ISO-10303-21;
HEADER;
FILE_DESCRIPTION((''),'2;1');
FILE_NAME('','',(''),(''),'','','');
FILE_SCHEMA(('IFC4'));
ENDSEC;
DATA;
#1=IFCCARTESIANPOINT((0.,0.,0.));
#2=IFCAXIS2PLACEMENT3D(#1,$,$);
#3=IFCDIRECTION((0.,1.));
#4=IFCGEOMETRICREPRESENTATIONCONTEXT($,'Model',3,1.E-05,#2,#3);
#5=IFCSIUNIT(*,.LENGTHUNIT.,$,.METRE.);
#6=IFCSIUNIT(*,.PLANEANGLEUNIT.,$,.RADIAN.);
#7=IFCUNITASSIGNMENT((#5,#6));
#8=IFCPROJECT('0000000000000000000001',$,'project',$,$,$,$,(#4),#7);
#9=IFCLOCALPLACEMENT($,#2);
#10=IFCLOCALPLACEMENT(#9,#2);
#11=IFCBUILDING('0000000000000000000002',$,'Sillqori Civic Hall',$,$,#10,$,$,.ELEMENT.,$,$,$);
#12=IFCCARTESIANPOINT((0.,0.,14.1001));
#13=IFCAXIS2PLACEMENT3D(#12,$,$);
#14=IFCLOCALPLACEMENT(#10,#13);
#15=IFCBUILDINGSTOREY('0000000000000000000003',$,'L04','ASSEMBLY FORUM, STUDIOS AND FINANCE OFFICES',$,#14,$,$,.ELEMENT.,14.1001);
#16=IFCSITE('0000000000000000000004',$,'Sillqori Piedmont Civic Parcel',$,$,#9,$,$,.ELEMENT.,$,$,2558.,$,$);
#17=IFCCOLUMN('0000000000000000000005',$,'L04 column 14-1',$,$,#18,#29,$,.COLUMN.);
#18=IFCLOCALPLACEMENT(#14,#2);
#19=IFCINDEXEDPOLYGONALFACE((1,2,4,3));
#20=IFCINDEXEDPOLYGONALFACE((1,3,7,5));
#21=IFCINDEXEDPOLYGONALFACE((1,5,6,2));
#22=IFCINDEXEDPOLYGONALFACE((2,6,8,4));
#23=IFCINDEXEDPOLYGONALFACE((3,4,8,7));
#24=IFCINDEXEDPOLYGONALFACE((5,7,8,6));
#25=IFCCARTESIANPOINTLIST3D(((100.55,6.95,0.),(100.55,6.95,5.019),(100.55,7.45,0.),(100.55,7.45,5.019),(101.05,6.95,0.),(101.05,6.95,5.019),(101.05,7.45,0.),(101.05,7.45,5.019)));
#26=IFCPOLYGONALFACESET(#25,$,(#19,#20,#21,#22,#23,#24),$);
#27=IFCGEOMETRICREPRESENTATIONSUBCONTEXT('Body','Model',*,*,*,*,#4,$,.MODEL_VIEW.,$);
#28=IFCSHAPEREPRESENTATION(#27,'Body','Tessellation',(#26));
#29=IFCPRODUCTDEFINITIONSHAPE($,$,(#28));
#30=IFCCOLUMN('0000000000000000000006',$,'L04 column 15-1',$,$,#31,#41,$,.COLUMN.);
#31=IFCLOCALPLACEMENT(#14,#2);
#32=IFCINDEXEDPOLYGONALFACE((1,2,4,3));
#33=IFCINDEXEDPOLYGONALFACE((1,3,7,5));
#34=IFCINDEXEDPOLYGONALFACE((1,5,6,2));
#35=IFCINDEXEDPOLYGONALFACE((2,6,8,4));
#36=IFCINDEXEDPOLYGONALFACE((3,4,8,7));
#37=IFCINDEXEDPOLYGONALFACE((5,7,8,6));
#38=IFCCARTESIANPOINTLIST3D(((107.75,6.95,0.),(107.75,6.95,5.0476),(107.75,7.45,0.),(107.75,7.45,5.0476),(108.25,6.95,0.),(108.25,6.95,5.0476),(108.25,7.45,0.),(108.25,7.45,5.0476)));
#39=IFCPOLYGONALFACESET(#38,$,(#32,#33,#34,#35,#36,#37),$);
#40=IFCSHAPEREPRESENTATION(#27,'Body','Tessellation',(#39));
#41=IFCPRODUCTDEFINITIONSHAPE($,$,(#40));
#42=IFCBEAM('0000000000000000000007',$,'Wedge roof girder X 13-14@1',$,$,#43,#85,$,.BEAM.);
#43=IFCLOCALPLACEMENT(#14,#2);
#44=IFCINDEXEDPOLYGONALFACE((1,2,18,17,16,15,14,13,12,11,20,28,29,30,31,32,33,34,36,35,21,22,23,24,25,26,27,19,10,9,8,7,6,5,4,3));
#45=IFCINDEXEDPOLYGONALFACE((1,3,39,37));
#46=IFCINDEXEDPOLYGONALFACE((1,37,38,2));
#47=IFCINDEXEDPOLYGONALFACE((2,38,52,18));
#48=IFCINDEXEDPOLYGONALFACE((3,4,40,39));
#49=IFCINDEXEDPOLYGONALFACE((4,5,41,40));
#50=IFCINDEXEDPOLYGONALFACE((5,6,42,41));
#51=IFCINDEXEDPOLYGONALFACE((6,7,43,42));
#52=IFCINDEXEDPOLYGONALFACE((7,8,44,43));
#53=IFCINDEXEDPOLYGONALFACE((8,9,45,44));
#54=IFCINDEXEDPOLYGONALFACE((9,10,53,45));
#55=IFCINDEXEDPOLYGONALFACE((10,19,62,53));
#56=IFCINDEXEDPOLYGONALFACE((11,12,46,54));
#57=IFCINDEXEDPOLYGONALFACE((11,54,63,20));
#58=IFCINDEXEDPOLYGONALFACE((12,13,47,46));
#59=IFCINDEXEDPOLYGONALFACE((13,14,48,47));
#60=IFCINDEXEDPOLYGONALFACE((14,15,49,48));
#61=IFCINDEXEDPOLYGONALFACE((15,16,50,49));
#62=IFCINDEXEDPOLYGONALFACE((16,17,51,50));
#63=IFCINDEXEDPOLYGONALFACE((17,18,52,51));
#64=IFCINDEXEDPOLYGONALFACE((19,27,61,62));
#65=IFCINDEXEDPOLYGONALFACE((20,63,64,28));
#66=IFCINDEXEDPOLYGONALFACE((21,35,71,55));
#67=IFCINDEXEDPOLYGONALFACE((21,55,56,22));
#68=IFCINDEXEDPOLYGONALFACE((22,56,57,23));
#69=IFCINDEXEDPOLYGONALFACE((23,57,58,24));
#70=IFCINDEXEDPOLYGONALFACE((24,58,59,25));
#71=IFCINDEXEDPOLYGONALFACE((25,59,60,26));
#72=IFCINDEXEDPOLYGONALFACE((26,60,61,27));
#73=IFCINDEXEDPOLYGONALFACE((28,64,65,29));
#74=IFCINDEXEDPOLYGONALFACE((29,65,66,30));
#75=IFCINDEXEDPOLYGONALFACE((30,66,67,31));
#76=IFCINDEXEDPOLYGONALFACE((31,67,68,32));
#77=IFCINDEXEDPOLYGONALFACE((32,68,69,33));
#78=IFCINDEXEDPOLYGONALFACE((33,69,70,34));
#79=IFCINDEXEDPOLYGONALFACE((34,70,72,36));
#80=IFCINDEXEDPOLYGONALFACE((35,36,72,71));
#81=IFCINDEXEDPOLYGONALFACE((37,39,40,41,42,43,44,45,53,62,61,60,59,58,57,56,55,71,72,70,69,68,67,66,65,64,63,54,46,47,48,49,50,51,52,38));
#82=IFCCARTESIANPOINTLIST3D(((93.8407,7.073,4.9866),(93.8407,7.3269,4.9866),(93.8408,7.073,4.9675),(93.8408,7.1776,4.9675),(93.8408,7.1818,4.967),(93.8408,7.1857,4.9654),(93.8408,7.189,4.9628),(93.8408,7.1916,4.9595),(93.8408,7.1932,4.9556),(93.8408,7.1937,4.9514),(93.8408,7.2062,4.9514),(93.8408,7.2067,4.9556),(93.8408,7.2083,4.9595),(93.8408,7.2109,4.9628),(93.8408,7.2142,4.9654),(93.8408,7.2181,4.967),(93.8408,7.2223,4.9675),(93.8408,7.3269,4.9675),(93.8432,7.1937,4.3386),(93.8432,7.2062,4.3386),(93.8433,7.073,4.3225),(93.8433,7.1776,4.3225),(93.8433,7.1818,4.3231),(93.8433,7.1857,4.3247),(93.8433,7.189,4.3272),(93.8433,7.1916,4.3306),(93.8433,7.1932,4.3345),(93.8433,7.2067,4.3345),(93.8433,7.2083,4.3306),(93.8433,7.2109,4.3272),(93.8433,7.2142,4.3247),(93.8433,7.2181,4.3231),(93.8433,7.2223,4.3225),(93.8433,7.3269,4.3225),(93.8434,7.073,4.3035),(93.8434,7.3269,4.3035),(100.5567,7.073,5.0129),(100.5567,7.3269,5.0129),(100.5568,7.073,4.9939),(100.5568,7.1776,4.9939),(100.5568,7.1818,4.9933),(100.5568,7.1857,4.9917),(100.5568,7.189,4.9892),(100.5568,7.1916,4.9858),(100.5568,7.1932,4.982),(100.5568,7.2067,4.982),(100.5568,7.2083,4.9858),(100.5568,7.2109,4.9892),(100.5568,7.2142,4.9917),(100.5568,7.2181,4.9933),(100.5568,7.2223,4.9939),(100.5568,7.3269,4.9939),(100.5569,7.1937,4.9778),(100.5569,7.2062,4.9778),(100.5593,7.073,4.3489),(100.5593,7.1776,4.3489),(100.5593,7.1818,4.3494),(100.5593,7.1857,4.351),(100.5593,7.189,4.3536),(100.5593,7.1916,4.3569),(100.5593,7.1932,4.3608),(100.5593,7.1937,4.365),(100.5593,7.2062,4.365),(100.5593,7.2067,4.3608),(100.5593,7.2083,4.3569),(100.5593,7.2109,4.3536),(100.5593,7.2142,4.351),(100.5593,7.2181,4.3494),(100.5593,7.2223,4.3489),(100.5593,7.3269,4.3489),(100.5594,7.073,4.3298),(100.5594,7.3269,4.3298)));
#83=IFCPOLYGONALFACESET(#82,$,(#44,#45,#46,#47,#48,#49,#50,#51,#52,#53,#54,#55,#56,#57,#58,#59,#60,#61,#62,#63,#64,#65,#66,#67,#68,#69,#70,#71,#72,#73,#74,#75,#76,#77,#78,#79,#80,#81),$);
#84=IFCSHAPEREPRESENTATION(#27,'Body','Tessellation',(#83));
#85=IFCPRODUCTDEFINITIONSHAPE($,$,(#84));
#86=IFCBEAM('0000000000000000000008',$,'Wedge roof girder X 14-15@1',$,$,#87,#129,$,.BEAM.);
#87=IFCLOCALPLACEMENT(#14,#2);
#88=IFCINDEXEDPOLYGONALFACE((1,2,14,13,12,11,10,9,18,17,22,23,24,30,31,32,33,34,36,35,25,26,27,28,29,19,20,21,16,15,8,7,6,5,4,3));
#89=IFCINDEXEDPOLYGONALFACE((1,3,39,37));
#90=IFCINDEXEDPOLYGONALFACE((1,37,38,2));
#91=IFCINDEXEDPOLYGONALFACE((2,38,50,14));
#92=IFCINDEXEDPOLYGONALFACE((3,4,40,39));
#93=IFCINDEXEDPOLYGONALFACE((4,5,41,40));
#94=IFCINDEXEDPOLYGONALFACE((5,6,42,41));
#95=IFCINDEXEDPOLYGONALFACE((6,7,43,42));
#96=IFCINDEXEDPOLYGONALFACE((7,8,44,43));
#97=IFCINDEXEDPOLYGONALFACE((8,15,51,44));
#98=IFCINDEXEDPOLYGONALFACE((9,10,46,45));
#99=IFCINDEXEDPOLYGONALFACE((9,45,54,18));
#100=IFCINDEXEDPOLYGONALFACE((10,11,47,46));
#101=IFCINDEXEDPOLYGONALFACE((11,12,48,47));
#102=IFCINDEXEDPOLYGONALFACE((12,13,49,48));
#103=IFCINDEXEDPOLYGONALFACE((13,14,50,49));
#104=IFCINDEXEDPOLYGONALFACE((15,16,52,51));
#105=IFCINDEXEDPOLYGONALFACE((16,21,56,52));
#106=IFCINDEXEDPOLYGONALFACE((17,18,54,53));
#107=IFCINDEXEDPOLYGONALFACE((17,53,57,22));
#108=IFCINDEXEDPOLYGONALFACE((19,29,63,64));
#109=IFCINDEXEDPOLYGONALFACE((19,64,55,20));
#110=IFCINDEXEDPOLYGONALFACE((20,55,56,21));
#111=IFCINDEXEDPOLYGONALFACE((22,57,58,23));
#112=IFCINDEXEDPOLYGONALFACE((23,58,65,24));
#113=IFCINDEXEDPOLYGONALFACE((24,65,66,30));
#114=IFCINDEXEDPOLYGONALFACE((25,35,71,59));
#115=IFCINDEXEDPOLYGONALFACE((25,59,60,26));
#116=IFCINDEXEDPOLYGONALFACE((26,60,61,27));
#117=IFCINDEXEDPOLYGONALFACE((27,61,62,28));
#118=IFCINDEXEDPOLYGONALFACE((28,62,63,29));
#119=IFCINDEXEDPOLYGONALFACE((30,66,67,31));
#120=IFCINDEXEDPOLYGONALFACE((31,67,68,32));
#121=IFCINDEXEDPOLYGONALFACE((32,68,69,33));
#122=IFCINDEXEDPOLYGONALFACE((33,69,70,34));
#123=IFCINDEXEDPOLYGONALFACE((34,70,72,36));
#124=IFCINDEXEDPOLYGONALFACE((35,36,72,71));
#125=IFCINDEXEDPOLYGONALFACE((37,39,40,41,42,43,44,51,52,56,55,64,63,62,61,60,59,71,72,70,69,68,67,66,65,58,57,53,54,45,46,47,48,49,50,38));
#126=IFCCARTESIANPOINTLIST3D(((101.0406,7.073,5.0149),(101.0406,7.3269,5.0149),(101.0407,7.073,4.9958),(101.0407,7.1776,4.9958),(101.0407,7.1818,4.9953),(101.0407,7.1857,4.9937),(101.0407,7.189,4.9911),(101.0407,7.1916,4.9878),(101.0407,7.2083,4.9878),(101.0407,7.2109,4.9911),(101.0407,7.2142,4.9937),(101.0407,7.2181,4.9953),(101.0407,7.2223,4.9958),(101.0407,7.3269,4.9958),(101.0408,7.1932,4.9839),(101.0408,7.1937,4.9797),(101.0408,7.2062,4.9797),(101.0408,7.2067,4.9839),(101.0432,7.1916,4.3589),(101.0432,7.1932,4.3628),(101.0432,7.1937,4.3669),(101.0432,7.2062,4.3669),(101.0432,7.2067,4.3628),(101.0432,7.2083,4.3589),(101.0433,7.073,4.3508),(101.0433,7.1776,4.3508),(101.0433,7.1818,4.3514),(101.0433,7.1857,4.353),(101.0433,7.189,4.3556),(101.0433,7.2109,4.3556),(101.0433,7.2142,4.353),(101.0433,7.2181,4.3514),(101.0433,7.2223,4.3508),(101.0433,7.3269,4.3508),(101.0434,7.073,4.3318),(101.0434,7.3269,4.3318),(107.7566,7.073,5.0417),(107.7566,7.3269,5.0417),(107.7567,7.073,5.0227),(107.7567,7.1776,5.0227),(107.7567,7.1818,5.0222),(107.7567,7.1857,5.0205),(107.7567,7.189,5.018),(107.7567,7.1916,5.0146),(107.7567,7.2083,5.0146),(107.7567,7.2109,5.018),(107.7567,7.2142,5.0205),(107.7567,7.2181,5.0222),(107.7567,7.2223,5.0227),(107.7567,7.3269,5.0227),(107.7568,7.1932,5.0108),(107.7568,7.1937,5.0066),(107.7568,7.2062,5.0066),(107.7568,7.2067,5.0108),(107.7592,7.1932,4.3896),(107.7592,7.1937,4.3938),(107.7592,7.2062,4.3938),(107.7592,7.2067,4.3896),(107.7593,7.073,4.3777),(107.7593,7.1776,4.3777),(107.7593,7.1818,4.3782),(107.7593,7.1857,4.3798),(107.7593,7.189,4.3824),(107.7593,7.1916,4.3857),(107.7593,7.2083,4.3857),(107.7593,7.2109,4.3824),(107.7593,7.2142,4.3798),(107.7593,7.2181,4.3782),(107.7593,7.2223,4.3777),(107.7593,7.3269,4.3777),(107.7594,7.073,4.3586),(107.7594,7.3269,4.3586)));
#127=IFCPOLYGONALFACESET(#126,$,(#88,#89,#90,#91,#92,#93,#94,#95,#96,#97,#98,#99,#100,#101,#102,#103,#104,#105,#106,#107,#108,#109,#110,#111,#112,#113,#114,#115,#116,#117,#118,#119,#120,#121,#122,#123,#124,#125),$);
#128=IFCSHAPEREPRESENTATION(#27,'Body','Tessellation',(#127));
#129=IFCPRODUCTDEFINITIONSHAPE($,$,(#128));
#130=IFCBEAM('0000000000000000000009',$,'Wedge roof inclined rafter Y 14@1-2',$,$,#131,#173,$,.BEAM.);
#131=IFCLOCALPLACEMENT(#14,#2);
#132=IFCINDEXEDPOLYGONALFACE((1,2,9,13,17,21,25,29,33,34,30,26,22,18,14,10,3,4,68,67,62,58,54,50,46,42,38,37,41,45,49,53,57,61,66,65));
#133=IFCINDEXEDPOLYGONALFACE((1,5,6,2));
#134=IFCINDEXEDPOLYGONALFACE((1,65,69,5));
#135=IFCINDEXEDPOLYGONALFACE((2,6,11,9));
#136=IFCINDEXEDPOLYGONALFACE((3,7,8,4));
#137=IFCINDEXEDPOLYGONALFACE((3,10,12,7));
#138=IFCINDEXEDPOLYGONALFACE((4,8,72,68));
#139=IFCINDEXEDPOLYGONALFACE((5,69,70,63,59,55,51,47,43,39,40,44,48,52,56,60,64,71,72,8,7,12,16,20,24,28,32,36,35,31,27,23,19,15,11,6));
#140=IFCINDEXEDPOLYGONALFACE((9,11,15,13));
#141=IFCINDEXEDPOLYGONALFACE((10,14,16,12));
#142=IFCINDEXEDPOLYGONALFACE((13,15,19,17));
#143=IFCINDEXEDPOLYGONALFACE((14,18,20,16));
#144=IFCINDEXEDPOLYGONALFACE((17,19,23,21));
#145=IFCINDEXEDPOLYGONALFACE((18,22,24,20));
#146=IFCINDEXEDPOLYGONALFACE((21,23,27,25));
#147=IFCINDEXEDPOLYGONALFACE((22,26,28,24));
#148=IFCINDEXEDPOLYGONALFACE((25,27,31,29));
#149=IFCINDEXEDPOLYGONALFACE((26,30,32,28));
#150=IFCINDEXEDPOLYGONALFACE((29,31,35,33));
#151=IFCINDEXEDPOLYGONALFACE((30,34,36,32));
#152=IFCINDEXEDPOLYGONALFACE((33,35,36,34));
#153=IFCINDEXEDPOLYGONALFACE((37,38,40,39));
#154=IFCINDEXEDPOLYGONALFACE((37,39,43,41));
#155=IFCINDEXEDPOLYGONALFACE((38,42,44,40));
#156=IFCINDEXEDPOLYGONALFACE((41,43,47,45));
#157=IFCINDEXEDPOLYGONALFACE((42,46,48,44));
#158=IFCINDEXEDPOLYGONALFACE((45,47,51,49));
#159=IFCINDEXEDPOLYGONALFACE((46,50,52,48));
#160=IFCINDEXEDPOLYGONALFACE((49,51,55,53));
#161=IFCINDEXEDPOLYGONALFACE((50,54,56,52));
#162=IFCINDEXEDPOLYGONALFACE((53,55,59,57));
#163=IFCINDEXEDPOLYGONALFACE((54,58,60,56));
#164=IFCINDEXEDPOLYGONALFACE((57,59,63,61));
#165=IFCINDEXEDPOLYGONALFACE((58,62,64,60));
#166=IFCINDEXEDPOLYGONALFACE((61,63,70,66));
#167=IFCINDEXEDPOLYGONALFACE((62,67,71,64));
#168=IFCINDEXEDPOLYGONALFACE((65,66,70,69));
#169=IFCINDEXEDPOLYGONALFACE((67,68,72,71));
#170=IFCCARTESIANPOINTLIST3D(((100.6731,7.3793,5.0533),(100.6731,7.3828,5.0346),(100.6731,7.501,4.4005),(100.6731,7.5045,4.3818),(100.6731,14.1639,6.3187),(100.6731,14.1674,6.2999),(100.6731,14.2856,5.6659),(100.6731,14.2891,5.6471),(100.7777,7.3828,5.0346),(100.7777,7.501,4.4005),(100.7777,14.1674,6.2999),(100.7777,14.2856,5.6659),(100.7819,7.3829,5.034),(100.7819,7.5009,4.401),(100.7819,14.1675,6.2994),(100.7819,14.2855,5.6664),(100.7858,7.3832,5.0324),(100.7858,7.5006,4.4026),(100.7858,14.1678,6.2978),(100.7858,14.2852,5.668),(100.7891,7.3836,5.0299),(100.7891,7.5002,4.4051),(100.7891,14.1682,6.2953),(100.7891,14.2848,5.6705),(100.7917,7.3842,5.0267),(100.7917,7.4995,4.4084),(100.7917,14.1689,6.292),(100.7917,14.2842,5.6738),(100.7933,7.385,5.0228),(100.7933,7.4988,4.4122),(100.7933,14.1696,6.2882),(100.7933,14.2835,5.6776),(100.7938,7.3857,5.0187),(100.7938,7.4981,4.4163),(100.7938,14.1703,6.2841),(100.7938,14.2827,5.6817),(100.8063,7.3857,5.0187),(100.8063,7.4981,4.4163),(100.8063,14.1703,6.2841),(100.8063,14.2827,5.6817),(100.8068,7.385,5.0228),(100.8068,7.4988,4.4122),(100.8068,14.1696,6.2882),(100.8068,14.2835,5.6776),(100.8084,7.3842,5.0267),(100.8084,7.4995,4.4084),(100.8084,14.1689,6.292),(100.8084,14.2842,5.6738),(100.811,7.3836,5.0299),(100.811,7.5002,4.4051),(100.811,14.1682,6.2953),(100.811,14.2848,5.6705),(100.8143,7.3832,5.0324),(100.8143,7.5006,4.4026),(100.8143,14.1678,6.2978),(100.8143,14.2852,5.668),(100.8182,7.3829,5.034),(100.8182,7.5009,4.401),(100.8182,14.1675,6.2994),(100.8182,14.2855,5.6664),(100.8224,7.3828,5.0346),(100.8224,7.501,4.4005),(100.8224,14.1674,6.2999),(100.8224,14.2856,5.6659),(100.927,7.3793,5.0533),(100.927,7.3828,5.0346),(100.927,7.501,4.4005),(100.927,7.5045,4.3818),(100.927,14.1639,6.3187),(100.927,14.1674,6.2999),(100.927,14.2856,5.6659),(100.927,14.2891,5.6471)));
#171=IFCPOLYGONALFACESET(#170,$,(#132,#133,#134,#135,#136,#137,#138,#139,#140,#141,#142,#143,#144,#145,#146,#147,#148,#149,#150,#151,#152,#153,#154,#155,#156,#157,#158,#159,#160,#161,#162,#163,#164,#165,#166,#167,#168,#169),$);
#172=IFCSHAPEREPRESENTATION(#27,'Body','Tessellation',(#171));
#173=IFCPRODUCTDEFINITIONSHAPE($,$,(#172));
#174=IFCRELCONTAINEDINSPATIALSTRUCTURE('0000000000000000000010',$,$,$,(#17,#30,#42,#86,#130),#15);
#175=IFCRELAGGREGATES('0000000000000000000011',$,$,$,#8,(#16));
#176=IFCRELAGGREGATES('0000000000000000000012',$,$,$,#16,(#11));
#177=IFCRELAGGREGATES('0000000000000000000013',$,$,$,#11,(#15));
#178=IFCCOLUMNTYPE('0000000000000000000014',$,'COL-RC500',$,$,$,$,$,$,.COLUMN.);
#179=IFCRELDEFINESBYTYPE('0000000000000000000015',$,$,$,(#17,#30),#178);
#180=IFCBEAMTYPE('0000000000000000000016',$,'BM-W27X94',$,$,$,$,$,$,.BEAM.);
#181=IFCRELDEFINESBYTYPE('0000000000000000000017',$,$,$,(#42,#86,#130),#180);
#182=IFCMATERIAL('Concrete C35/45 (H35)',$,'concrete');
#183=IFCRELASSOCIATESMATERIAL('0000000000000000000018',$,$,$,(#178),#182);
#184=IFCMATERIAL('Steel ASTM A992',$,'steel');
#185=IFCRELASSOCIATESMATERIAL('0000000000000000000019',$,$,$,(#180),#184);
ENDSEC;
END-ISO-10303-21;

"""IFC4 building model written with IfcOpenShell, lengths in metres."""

from ifc_helpers import new_model, si_unit, direction, frame, origin, origin_2d, place, context, subcontext, project, spatial, rectangle, i_section, extrude, material, material_profile, profile_set, type_object, element, save


model = new_model("IFC4")

# Units and contexts
model_context = context("Model", 3, precision=1e-05, world=origin(), true_north=direction((0.0, 1.0)))
body_context = subcontext(model_context, "Body", "Model", "MODEL_VIEW")
ifc_project = project(units=[si_unit("LENGTHUNIT", "METRE"), si_unit("PLANEANGLEUNIT", "RADIAN")], contexts=[model_context])

# Site, building, storey
site_placement = place(None, origin())
site = spatial("IfcSite", under=ifc_project, at=site_placement, Name="Sillqori Piedmont Civic Parcel", CompositionType="ELEMENT", RefElevation=2558.0)
building_placement = place(site_placement, origin())
building = spatial("IfcBuilding", under=site, at=building_placement, Name="Sillqori Civic Hall", CompositionType="ELEMENT")
storey_placement = place(building_placement, frame((0.0, 0.0, 14.1001)))
storey = spatial("IfcBuildingStorey", under=building, at=storey_placement, Name="L04", Description="ASSEMBLY FORUM, STUDIOS AND FINANCE OFFICES", CompositionType="ELEMENT", Elevation=14.1001)

# Columns
ifc_material_1 = material(Name="Concrete C35/45 (H35)", Category="concrete")
ifc_material_profile_1 = material_profile(ifc_material_1, rectangle(XDim=0.5, YDim=0.5, at=origin_2d()), Name="RC 500x500")
ifc_profile_set_1 = profile_set([ifc_material_profile_1], Name="Concrete C35/45 (H35)")
column_type = type_object("IfcColumnType", Name="COL-RC500", PredefinedType="COLUMN", material=ifc_profile_set_1)
column_1_placement = place(storey_placement, frame((100.8, 7.2, 0.0), z_axis=(0.0, 0.0, 1.0), x_axis=(1.0, 0.0, 0.0)))
element("IfcColumn", 1, at=column_1_placement, inside=storey, type_object=column_type, Name="L04 column 14-1", PredefinedType="COLUMN", context=body_context, shape_type="SweptSolid", body=[
    extrude(rectangle(XDim=0.5, YDim=0.5, at=origin_2d()), origin(), (0.0, 0.0, 1.0), 5.019),
])
column_2_placement = place(storey_placement, frame((108.0, 7.2, 0.0), z_axis=(0.0, 0.0, 1.0), x_axis=(1.0, 0.0, 0.0)))
element("IfcColumn", 2, at=column_2_placement, inside=storey, type_object=column_type, Name="L04 column 15-1", PredefinedType="COLUMN", context=body_context, shape_type="SweptSolid", body=[
    extrude(rectangle(XDim=0.5, YDim=0.5, at=origin_2d()), origin(), (0.0, 0.0, 1.0), 5.0476),
])

# Beams
ifc_material_2 = material(Name="Steel ASTM A992", Category="steel")
ifc_material_profile_2 = material_profile(ifc_material_2, i_section(OverallWidth=0.2539, OverallDepth=0.6831, WebThickness=0.0125, FlangeThickness=0.019, FilletRadius=0.0161, at=origin_2d()), Name="W27X94")
ifc_profile_set_2 = profile_set([ifc_material_profile_2], Name="Steel ASTM A992")
beam_type_1 = type_object("IfcBeamType", Name="BM-W27X94", PredefinedType="BEAM", material=ifc_profile_set_2)
for number, where, z_axis, x_axis, name in (
    (3, (93.842, 7.2, 4.645), (0.999992, 0.0, 0.003926), (0.0, 1.0, 0.0), "Wedge roof girder X 13-14@1"),
    (4, (101.042, 7.2, 4.6733), (0.999992, 0.0, 0.003999), (0.0, 1.0, 0.0), "Wedge roof girder X 14-15@1"),
):
    element("IfcBeam", number, at=place(storey_placement, frame(where, z_axis=z_axis, x_axis=x_axis)), inside=storey, type_object=beam_type_1, Name=name, PredefinedType="BEAM", context=body_context, shape_type="SweptSolid", body=[
        extrude(i_section(OverallWidth=0.2539, OverallDepth=0.6831, WebThickness=0.0125, FlangeThickness=0.019, FilletRadius=0.0161, at=origin_2d()), origin(), (0.0, 0.0, 1.0), 6.7161),
    ])
for number, where, z_axis, x_axis, name in (
    (5, (100.8, 7.4419, 4.7175), (0.0, 0.983049, 0.183344), (-1.0, 0.0, 0.0), "Wedge roof inclined rafter Y 14@1-2"),
):
    element("IfcBeam", number, at=place(storey_placement, frame(where, z_axis=z_axis, x_axis=x_axis)), inside=storey, type_object=beam_type_1, Name=name, PredefinedType="BEAM", context=body_context, shape_type="SweptSolid", body=[
        extrude(i_section(OverallWidth=0.2539, OverallDepth=0.6831, WebThickness=0.0125, FlangeThickness=0.019, FilletRadius=0.0161, at=origin_2d()), origin(), (0.0, 0.0, 1.0), 6.9016),
    ])

save(model, "model.ifc")
